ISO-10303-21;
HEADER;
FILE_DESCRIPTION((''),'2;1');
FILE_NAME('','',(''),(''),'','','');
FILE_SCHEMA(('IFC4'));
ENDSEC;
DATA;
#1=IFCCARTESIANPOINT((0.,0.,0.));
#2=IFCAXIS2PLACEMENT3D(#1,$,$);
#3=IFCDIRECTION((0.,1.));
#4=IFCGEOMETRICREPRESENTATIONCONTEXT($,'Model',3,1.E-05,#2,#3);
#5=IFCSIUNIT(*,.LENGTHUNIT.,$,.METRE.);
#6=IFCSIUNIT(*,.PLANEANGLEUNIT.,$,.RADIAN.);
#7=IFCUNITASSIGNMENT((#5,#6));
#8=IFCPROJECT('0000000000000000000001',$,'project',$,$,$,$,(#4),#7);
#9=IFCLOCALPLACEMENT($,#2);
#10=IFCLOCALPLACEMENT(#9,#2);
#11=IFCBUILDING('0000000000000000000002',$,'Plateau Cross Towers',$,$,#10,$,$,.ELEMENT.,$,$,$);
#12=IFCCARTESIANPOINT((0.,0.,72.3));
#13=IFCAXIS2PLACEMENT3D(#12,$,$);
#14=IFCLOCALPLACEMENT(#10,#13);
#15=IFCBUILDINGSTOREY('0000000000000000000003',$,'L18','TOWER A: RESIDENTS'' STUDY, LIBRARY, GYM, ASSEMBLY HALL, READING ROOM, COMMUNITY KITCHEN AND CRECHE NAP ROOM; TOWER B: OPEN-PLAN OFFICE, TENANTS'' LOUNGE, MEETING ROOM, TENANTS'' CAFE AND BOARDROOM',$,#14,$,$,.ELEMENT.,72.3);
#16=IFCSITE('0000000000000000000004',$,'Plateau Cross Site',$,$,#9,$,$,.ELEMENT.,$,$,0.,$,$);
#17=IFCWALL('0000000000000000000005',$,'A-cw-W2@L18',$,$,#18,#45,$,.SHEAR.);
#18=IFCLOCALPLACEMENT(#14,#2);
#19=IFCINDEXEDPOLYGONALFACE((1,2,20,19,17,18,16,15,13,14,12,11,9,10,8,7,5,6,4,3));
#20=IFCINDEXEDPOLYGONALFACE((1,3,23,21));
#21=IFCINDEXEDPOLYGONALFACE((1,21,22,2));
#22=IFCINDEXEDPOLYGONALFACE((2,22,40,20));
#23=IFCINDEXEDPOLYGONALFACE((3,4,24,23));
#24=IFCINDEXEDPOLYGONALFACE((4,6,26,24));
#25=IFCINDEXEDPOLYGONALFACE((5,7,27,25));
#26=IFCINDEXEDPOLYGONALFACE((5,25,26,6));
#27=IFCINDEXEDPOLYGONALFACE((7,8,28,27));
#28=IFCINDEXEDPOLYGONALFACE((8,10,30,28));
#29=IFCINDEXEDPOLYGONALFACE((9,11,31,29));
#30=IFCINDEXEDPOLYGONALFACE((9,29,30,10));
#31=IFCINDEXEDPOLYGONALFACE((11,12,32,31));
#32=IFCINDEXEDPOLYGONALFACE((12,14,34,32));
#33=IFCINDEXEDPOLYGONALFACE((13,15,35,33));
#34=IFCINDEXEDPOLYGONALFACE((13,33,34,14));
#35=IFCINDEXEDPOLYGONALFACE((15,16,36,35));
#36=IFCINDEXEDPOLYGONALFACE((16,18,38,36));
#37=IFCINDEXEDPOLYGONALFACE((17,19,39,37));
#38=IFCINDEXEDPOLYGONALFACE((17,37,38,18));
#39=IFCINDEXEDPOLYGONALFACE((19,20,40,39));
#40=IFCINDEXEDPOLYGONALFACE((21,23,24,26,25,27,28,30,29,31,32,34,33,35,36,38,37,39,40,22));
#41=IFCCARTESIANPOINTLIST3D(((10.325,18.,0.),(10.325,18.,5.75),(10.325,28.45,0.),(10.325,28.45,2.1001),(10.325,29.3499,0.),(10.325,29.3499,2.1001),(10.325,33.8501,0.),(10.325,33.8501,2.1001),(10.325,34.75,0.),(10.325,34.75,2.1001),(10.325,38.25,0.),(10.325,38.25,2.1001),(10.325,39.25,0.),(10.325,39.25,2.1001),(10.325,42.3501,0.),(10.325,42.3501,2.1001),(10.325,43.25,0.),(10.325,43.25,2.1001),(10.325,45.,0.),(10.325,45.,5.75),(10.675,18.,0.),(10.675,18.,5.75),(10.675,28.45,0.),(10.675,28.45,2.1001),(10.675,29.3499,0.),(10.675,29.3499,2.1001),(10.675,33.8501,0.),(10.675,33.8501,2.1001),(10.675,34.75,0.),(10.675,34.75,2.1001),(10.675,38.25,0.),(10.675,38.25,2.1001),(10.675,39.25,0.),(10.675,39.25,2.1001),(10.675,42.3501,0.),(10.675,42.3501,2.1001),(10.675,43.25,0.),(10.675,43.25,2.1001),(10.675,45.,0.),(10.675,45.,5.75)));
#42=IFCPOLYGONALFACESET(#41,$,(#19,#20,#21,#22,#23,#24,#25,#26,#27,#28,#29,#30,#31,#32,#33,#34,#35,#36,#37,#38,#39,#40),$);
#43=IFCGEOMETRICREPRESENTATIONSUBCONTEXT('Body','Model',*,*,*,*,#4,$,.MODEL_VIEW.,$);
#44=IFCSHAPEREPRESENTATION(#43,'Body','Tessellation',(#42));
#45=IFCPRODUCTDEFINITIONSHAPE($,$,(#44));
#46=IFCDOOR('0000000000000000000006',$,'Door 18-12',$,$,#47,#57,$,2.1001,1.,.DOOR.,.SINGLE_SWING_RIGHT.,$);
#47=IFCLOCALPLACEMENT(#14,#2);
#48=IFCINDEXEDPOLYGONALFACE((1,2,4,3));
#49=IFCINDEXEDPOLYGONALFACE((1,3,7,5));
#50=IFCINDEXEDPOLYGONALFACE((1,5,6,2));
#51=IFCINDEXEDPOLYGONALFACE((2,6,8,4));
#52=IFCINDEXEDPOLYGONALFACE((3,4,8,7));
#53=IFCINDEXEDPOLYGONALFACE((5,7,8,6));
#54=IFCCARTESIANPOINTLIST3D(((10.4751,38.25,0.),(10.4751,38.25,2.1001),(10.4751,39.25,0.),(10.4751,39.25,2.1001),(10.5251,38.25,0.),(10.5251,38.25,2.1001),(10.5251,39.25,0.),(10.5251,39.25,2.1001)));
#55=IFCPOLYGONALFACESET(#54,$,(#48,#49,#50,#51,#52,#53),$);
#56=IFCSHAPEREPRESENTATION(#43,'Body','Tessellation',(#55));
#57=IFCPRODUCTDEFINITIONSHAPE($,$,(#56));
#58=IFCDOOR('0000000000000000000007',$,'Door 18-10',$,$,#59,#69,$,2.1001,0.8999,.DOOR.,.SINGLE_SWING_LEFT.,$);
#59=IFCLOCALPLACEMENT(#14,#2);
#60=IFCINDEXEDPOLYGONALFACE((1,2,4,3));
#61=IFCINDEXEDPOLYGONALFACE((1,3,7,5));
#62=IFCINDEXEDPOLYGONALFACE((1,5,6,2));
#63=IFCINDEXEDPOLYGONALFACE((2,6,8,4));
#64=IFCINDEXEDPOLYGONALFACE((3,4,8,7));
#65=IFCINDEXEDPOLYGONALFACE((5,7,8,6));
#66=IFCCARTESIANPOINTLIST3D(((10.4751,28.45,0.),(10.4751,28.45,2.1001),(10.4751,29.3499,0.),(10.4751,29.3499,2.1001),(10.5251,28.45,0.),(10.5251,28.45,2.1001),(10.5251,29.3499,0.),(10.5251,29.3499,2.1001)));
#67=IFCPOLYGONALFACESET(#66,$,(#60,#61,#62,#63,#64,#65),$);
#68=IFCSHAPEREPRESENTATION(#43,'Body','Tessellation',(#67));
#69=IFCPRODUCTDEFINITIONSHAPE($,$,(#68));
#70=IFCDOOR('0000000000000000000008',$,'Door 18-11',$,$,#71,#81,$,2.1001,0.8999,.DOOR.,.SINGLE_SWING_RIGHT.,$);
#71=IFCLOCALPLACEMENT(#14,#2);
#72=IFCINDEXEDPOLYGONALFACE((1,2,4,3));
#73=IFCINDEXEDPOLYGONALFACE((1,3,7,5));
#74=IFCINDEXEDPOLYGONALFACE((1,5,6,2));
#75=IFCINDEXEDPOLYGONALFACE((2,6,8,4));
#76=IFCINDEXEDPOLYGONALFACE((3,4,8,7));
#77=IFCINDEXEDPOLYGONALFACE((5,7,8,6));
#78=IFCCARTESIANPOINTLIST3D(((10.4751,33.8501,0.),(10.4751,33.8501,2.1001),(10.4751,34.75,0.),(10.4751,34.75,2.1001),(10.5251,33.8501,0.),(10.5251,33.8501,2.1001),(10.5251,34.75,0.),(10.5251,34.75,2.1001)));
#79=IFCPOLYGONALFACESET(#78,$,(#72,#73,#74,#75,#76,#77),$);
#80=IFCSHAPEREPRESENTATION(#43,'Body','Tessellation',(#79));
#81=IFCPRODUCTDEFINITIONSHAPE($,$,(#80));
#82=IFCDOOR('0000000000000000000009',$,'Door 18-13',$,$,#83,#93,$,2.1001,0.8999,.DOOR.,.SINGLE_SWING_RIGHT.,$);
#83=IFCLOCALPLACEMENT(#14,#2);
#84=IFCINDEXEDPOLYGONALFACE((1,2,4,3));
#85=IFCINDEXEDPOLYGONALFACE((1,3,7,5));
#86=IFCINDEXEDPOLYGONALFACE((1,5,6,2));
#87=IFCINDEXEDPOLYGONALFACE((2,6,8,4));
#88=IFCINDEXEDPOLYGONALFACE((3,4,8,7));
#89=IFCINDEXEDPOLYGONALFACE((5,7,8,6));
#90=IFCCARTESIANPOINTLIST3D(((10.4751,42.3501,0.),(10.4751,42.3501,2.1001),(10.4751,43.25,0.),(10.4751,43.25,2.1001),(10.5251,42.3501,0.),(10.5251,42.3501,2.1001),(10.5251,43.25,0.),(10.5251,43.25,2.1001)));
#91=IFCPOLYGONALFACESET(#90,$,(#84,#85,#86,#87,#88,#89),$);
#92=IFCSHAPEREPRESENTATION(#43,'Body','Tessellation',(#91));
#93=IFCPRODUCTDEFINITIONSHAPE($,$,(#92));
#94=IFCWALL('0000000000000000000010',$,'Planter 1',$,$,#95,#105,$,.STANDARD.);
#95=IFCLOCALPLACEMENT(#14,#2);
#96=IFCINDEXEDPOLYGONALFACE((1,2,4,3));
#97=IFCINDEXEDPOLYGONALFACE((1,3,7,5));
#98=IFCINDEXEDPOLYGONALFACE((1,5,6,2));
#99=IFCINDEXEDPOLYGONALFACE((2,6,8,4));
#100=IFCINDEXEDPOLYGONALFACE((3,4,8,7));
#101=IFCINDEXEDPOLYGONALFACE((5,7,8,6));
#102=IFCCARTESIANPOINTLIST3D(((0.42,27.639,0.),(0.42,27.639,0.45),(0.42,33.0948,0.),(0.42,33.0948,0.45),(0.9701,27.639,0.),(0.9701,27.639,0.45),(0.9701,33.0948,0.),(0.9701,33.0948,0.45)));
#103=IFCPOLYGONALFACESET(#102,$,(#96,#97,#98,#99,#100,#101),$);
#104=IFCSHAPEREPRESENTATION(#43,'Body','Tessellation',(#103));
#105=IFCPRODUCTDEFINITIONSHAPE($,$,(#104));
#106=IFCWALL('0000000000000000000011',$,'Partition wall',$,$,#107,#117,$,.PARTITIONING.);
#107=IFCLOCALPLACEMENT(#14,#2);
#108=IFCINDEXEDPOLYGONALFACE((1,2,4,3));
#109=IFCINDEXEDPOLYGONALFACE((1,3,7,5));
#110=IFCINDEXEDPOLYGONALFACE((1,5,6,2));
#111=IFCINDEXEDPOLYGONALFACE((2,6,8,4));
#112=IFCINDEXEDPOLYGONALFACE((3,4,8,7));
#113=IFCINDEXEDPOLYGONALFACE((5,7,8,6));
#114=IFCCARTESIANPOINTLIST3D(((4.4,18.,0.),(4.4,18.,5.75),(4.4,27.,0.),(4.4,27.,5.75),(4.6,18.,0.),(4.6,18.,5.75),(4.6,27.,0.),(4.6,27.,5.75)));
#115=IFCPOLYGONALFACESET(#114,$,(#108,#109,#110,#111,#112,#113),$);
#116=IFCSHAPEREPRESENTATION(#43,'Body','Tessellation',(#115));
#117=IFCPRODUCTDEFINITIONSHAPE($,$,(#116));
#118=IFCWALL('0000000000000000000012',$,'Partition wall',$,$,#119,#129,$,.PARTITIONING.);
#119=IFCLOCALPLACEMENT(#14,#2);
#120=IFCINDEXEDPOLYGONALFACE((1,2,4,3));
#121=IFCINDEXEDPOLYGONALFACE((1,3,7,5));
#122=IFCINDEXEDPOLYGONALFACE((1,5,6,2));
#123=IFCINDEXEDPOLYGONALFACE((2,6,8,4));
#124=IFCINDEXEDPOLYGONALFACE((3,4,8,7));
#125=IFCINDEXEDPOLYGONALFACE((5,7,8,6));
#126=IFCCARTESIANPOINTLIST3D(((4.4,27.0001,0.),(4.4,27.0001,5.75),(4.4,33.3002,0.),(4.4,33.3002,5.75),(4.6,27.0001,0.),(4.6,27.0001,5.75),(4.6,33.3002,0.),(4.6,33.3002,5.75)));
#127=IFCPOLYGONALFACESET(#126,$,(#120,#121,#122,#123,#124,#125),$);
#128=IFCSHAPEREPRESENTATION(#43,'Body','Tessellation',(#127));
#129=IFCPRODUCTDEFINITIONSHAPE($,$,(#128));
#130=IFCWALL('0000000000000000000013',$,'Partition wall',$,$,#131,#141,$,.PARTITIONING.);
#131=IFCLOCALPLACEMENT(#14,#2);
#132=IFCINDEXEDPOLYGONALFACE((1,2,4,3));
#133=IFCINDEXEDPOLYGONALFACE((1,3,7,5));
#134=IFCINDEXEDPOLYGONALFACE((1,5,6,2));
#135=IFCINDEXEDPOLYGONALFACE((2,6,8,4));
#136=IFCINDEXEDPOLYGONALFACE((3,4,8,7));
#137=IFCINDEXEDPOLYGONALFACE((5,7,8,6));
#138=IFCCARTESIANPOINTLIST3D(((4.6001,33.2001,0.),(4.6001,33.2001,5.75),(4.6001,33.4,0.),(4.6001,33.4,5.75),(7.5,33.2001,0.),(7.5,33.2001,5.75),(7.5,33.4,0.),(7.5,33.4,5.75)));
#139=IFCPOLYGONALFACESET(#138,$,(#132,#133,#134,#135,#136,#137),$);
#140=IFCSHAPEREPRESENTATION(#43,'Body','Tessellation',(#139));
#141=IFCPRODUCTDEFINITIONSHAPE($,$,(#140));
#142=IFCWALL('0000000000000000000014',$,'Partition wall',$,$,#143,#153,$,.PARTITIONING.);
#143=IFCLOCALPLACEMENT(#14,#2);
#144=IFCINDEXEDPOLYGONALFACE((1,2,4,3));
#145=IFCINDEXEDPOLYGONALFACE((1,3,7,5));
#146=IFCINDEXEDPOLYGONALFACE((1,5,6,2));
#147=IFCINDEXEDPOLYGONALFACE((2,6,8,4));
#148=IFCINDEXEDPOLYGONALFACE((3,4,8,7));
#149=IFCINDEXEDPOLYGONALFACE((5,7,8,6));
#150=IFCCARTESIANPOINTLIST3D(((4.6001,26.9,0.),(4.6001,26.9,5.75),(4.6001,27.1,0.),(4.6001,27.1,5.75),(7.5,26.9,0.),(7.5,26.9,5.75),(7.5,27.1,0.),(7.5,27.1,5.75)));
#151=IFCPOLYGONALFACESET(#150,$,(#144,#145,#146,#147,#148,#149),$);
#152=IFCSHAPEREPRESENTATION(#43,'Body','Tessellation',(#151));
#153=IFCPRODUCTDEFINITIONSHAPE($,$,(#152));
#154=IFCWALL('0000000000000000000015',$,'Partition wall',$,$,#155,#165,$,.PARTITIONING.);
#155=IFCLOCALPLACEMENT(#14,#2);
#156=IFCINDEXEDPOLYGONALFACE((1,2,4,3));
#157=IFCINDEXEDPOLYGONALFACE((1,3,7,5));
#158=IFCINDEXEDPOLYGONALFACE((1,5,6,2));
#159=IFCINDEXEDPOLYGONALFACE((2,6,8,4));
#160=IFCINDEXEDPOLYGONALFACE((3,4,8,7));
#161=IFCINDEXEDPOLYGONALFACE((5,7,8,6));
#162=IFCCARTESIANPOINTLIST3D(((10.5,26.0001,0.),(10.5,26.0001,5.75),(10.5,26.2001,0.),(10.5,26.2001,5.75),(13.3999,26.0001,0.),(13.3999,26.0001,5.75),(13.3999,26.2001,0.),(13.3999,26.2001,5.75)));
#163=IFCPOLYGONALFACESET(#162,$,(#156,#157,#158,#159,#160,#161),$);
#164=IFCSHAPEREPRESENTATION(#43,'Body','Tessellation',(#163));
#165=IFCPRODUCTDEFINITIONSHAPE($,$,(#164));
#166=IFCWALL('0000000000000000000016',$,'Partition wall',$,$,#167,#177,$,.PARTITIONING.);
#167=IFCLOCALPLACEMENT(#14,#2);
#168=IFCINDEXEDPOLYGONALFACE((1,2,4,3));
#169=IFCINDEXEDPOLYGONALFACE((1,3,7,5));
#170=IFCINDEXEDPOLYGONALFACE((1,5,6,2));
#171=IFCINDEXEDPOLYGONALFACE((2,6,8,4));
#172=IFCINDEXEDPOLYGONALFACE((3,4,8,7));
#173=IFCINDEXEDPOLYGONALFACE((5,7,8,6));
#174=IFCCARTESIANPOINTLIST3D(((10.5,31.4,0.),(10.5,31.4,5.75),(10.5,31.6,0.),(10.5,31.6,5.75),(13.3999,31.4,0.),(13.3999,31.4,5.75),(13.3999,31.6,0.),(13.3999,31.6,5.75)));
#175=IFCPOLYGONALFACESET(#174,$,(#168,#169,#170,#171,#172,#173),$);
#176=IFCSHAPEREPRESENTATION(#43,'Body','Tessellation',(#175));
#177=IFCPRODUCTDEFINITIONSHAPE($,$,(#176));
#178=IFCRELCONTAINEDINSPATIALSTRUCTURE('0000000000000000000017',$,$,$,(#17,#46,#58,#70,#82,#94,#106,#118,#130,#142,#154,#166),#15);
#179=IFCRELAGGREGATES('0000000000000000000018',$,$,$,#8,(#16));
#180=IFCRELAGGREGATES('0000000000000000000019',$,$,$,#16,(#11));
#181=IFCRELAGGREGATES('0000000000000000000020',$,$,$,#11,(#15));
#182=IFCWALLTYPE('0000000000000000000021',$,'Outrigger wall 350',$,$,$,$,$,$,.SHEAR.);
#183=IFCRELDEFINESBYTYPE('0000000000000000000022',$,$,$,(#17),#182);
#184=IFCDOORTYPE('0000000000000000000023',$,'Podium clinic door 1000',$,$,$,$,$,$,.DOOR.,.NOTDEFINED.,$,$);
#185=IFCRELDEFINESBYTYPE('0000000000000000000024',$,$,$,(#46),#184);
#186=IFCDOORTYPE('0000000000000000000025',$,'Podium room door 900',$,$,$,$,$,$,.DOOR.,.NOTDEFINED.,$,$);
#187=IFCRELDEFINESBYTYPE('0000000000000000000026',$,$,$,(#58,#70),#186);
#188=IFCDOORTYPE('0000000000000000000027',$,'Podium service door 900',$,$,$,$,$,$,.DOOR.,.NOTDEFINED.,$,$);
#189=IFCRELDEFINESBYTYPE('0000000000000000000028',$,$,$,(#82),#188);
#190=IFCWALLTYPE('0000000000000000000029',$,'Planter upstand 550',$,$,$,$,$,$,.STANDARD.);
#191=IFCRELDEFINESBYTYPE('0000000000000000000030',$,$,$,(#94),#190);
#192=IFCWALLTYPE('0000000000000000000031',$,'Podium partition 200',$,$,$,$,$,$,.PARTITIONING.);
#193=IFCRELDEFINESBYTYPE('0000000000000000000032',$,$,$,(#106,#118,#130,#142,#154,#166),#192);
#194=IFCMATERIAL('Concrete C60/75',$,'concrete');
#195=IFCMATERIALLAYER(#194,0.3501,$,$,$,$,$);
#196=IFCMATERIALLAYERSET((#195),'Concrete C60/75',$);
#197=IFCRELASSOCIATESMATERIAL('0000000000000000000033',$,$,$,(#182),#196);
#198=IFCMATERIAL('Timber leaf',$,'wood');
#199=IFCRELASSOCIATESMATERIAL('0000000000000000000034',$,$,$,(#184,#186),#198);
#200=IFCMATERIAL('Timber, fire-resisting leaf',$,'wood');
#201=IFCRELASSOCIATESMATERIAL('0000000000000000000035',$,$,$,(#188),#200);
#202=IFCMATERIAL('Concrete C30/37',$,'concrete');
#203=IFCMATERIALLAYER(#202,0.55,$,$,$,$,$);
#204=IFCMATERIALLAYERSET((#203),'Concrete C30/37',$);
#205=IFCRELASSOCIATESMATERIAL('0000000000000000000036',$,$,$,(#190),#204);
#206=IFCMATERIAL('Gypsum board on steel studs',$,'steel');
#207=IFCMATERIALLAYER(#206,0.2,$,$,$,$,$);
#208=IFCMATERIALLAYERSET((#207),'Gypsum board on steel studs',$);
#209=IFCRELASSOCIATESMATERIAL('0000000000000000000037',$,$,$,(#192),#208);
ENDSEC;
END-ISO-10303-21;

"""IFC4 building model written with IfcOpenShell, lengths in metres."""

from ifc_helpers import new_model, si_unit, direction, frame, frame_2d, origin, place, context, subcontext, project, spatial, rectangle, extrude, material, layer, layer_set, type_object, element, fill, save


model = new_model("IFC4")

# Units and contexts
model_context = context("Model", 3, precision=1e-05, world=origin(), true_north=direction((0.0, 1.0)))
body_context = subcontext(model_context, "Body", "Model", "MODEL_VIEW")
ifc_project = project(units=[si_unit("LENGTHUNIT", "METRE"), si_unit("PLANEANGLEUNIT", "RADIAN")], contexts=[model_context])

# Site, building, storey
site_placement = place(None, origin())
site = spatial("IfcSite", under=ifc_project, at=site_placement, Name="Plateau Cross Site", CompositionType="ELEMENT", RefElevation=0.0)
building_placement = place(site_placement, origin())
building = spatial("IfcBuilding", under=site, at=building_placement, Name="Plateau Cross Towers", CompositionType="ELEMENT")
storey_placement = place(building_placement, frame((0.0, 0.0, 72.3)))
storey = spatial("IfcBuildingStorey", under=building, at=storey_placement, Name="L18", Description="TOWER A: RESIDENTS' STUDY, LIBRARY, GYM, ASSEMBLY HALL, READING ROOM, COMMUNITY KITCHEN AND CRECHE NAP ROOM; TOWER B: OPEN-PLAN OFFICE, TENANTS' LOUNGE, MEETING ROOM, TENANTS' CAFE AND BOARDROOM", CompositionType="ELEMENT", Elevation=72.3)

# Shared definitions
ifc_material_1 = material(Name="Concrete C60/75", Category="concrete")

# Wall, openings, doors
ifc_layer_1 = layer(ifc_material_1, 0.3501)
ifc_layer_set_1 = layer_set([ifc_layer_1], Name="Concrete C60/75")
wall_type_1 = type_object("IfcWallType", Name="Outrigger wall 350", PredefinedType="SHEAR", material=ifc_layer_set_1)
ifc_material_2 = material(Name="Timber leaf", Category="wood")
door_type_1 = type_object("IfcDoorType", Name="Podium clinic door 1000", OperationType="NOTDEFINED", PredefinedType="DOOR", material=ifc_material_2)
door_type_2 = type_object("IfcDoorType", Name="Podium room door 900", OperationType="NOTDEFINED", PredefinedType="DOOR", material=ifc_material_2)
wall_1_placement = place(storey_placement, frame((10.5, 18.0, 0.0), z_axis=(0.0, 0.0, 1.0), x_axis=(0.0, 1.0, 0.0)))
wall_1 = element("IfcWall", 1, at=wall_1_placement, inside=storey, type_object=wall_type_1, Name="A-cw-W2@L18", PredefinedType="SHEAR", context=body_context, shape_type="SweptSolid", body=[
    extrude(rectangle(XDim=27.0, YDim=0.3501, at=frame_2d((13.5, 0.0))), origin(), (0.0, 0.0, 1.0), 5.75),
])
opening_1_placement = place(wall_1_placement, frame((10.45, 0.0, 0.0)))
opening_1 = element("IfcOpeningElement", 2, at=opening_1_placement, cuts=wall_1, PredefinedType="OPENING", context=body_context, shape_type="SweptSolid", body=[
    extrude(rectangle(XDim=0.8999, YDim=2.1001, at=frame_2d((0.45, 1.05))), frame((0.0, 0.1851, 0.0), z_axis=(0.0, -1.0, 0.0), x_axis=(1.0, 0.0, 0.0)), (0.0, 0.0, 1.0), 0.3701),
])
opening_2_placement = place(wall_1_placement, frame((15.8501, 0.0, 0.0)))
opening_2 = element("IfcOpeningElement", 3, at=opening_2_placement, cuts=wall_1, PredefinedType="OPENING", context=body_context, shape_type="SweptSolid", body=[
    extrude(rectangle(XDim=0.8999, YDim=2.1001, at=frame_2d((0.45, 1.05))), frame((0.0, 0.1851, 0.0), z_axis=(0.0, -1.0, 0.0), x_axis=(1.0, 0.0, 0.0)), (0.0, 0.0, 1.0), 0.3701),
])
opening_3_placement = place(wall_1_placement, frame((20.25, 0.0, 0.0)))
opening_3 = element("IfcOpeningElement", 4, at=opening_3_placement, cuts=wall_1, PredefinedType="OPENING", context=body_context, shape_type="SweptSolid", body=[
    extrude(rectangle(XDim=1.0, YDim=2.1001, at=frame_2d((0.5, 1.05))), frame((0.0, 0.1851, 0.0), z_axis=(0.0, -1.0, 0.0), x_axis=(1.0, 0.0, 0.0)), (0.0, 0.0, 1.0), 0.3701),
])
opening_4_placement = place(wall_1_placement, frame((24.3501, 0.0, 0.0)))
opening_4 = element("IfcOpeningElement", 5, at=opening_4_placement, cuts=wall_1, PredefinedType="OPENING", context=body_context, shape_type="SweptSolid", body=[
    extrude(rectangle(XDim=0.8999, YDim=2.1001, at=frame_2d((0.45, 1.05))), frame((0.0, 0.1851, 0.0), z_axis=(0.0, -1.0, 0.0), x_axis=(1.0, 0.0, 0.0)), (0.0, 0.0, 1.0), 0.3701),
])
door_1_placement = place(opening_3_placement, origin())
door_1 = element("IfcDoor", 6, at=door_1_placement, inside=storey, type_object=door_type_1, Name="Door 18-12", OperationType="SINGLE_SWING_RIGHT", OverallHeight=2.1001, OverallWidth=1.0, PredefinedType="DOOR", context=body_context, shape_type="SweptSolid", body=[
    extrude(rectangle(XDim=1.0, YDim=2.1001, at=frame_2d((0.5, 1.05))), frame((0.0, 0.0249, 0.0), z_axis=(0.0, -1.0, 0.0), x_axis=(1.0, 0.0, 0.0)), (0.0, 0.0, 1.0), 0.05),
])
fill(opening_3, door_1)
door_2_placement = place(opening_1_placement, origin())
door_2 = element("IfcDoor", 7, at=door_2_placement, inside=storey, type_object=door_type_2, Name="Door 18-10", OperationType="SINGLE_SWING_LEFT", OverallHeight=2.1001, OverallWidth=0.8999, PredefinedType="DOOR", context=body_context, shape_type="SweptSolid", body=[
    extrude(rectangle(XDim=0.8999, YDim=2.1001, at=frame_2d((0.45, 1.05))), frame((0.0, 0.0249, 0.0), z_axis=(0.0, -1.0, 0.0), x_axis=(1.0, 0.0, 0.0)), (0.0, 0.0, 1.0), 0.05),
])
fill(opening_1, door_2)
door_3_placement = place(opening_2_placement, origin())
door_3 = element("IfcDoor", 8, at=door_3_placement, inside=storey, type_object=door_type_2, Name="Door 18-11", OperationType="SINGLE_SWING_RIGHT", OverallHeight=2.1001, OverallWidth=0.8999, PredefinedType="DOOR", context=body_context, shape_type="SweptSolid", body=[
    extrude(rectangle(XDim=0.8999, YDim=2.1001, at=frame_2d((0.45, 1.05))), frame((0.0, 0.0249, 0.0), z_axis=(0.0, -1.0, 0.0), x_axis=(1.0, 0.0, 0.0)), (0.0, 0.0, 1.0), 0.05),
])
fill(opening_2, door_3)
ifc_material_3 = material(Name="Timber, fire-resisting leaf", Category="wood")
door_type_3 = type_object("IfcDoorType", Name="Podium service door 900", OperationType="NOTDEFINED", PredefinedType="DOOR", material=ifc_material_3)
door_4_placement = place(opening_4_placement, origin())
door_4 = element("IfcDoor", 9, at=door_4_placement, inside=storey, type_object=door_type_3, Name="Door 18-13", OperationType="SINGLE_SWING_RIGHT", OverallHeight=2.1001, OverallWidth=0.8999, PredefinedType="DOOR", context=body_context, shape_type="SweptSolid", body=[
    extrude(rectangle(XDim=0.8999, YDim=2.1001, at=frame_2d((0.45, 1.05))), frame((0.0, 0.0249, 0.0), z_axis=(0.0, -1.0, 0.0), x_axis=(1.0, 0.0, 0.0)), (0.0, 0.0, 1.0), 0.05),
])
fill(opening_4, door_4)

# Walls
ifc_material_4 = material(Name="Concrete C30/37", Category="concrete")
ifc_layer_2 = layer(ifc_material_4, 0.55)
ifc_layer_set_2 = layer_set([ifc_layer_2], Name="Concrete C30/37")
wall_type_2 = type_object("IfcWallType", Name="Planter upstand 550", PredefinedType="STANDARD", material=ifc_layer_set_2)
wall_2_placement = place(storey_placement, frame((0.6951, 27.6389, 0.0), z_axis=(0.0, 0.0, 1.0), x_axis=(0.0, 1.0, 0.0)))
element("IfcWall", 10, at=wall_2_placement, inside=storey, type_object=wall_type_2, Name="Planter 1", PredefinedType="STANDARD", context=body_context, shape_type="SweptSolid", body=[
    extrude(rectangle(XDim=5.4558, YDim=0.55, at=frame_2d((2.728, 0.0))), origin(), (0.0, 0.0, 1.0), 0.45),
])
ifc_material_5 = material(Name="Gypsum board on steel studs", Category="steel")
ifc_layer_3 = layer(ifc_material_5, 0.2)
ifc_layer_set_3 = layer_set([ifc_layer_3], Name="Gypsum board on steel studs")
wall_type_3 = type_object("IfcWallType", Name="Podium partition 200", PredefinedType="PARTITIONING", material=ifc_layer_set_3)
wall_3_placement = place(storey_placement, frame((4.5, 27.0, 0.0), z_axis=(0.0, 0.0, 1.0), x_axis=(0.0, -1.0, 0.0)))
element("IfcWall", 11, at=wall_3_placement, inside=storey, type_object=wall_type_3, Name="Partition wall", PredefinedType="PARTITIONING", context=body_context, shape_type="SweptSolid", body=[
    extrude(rectangle(XDim=9.0, YDim=0.2, at=frame_2d((4.5, 0.0))), origin(), (0.0, 0.0, 1.0), 5.75),
])
wall_4_placement = place(storey_placement, frame((4.5, 33.3, 0.0), z_axis=(0.0, 0.0, 1.0), x_axis=(0.0, -1.0, 0.0)))
element("IfcWall", 12, at=wall_4_placement, inside=storey, type_object=wall_type_3, Name="Partition wall", PredefinedType="PARTITIONING", context=body_context, shape_type="SweptSolid", body=[
    extrude(rectangle(XDim=6.3, YDim=0.2, at=frame_2d((3.1499, 0.0))), origin(), (0.0, 0.0, 1.0), 5.75),
])
for number, where, z_axis, x_axis, name in (
    (13, (4.6001, 33.3, 0.0), (0.0, 0.0, 1.0), (1.0, 0.0, 0.0), "Partition wall"),
    (14, (4.6001, 27.0, 0.0), (0.0, 0.0, 1.0), (1.0, 0.0, 0.0), "Partition wall"),
    (15, (10.5, 26.1001, 0.0), (0.0, 0.0, 1.0), (1.0, 0.0, 0.0), "Partition wall"),
    (16, (10.5, 31.5, 0.0), (0.0, 0.0, 1.0), (1.0, 0.0, 0.0), "Partition wall"),
):
    element("IfcWall", number, at=place(storey_placement, frame(where, z_axis=z_axis, x_axis=x_axis)), inside=storey, type_object=wall_type_3, Name=name, PredefinedType="PARTITIONING", context=body_context, shape_type="SweptSolid", body=[
        extrude(rectangle(XDim=2.8999, YDim=0.2, at=frame_2d((1.45, 0.0))), origin(), (0.0, 0.0, 1.0), 5.75),
    ])

save(model, "model.ifc")
